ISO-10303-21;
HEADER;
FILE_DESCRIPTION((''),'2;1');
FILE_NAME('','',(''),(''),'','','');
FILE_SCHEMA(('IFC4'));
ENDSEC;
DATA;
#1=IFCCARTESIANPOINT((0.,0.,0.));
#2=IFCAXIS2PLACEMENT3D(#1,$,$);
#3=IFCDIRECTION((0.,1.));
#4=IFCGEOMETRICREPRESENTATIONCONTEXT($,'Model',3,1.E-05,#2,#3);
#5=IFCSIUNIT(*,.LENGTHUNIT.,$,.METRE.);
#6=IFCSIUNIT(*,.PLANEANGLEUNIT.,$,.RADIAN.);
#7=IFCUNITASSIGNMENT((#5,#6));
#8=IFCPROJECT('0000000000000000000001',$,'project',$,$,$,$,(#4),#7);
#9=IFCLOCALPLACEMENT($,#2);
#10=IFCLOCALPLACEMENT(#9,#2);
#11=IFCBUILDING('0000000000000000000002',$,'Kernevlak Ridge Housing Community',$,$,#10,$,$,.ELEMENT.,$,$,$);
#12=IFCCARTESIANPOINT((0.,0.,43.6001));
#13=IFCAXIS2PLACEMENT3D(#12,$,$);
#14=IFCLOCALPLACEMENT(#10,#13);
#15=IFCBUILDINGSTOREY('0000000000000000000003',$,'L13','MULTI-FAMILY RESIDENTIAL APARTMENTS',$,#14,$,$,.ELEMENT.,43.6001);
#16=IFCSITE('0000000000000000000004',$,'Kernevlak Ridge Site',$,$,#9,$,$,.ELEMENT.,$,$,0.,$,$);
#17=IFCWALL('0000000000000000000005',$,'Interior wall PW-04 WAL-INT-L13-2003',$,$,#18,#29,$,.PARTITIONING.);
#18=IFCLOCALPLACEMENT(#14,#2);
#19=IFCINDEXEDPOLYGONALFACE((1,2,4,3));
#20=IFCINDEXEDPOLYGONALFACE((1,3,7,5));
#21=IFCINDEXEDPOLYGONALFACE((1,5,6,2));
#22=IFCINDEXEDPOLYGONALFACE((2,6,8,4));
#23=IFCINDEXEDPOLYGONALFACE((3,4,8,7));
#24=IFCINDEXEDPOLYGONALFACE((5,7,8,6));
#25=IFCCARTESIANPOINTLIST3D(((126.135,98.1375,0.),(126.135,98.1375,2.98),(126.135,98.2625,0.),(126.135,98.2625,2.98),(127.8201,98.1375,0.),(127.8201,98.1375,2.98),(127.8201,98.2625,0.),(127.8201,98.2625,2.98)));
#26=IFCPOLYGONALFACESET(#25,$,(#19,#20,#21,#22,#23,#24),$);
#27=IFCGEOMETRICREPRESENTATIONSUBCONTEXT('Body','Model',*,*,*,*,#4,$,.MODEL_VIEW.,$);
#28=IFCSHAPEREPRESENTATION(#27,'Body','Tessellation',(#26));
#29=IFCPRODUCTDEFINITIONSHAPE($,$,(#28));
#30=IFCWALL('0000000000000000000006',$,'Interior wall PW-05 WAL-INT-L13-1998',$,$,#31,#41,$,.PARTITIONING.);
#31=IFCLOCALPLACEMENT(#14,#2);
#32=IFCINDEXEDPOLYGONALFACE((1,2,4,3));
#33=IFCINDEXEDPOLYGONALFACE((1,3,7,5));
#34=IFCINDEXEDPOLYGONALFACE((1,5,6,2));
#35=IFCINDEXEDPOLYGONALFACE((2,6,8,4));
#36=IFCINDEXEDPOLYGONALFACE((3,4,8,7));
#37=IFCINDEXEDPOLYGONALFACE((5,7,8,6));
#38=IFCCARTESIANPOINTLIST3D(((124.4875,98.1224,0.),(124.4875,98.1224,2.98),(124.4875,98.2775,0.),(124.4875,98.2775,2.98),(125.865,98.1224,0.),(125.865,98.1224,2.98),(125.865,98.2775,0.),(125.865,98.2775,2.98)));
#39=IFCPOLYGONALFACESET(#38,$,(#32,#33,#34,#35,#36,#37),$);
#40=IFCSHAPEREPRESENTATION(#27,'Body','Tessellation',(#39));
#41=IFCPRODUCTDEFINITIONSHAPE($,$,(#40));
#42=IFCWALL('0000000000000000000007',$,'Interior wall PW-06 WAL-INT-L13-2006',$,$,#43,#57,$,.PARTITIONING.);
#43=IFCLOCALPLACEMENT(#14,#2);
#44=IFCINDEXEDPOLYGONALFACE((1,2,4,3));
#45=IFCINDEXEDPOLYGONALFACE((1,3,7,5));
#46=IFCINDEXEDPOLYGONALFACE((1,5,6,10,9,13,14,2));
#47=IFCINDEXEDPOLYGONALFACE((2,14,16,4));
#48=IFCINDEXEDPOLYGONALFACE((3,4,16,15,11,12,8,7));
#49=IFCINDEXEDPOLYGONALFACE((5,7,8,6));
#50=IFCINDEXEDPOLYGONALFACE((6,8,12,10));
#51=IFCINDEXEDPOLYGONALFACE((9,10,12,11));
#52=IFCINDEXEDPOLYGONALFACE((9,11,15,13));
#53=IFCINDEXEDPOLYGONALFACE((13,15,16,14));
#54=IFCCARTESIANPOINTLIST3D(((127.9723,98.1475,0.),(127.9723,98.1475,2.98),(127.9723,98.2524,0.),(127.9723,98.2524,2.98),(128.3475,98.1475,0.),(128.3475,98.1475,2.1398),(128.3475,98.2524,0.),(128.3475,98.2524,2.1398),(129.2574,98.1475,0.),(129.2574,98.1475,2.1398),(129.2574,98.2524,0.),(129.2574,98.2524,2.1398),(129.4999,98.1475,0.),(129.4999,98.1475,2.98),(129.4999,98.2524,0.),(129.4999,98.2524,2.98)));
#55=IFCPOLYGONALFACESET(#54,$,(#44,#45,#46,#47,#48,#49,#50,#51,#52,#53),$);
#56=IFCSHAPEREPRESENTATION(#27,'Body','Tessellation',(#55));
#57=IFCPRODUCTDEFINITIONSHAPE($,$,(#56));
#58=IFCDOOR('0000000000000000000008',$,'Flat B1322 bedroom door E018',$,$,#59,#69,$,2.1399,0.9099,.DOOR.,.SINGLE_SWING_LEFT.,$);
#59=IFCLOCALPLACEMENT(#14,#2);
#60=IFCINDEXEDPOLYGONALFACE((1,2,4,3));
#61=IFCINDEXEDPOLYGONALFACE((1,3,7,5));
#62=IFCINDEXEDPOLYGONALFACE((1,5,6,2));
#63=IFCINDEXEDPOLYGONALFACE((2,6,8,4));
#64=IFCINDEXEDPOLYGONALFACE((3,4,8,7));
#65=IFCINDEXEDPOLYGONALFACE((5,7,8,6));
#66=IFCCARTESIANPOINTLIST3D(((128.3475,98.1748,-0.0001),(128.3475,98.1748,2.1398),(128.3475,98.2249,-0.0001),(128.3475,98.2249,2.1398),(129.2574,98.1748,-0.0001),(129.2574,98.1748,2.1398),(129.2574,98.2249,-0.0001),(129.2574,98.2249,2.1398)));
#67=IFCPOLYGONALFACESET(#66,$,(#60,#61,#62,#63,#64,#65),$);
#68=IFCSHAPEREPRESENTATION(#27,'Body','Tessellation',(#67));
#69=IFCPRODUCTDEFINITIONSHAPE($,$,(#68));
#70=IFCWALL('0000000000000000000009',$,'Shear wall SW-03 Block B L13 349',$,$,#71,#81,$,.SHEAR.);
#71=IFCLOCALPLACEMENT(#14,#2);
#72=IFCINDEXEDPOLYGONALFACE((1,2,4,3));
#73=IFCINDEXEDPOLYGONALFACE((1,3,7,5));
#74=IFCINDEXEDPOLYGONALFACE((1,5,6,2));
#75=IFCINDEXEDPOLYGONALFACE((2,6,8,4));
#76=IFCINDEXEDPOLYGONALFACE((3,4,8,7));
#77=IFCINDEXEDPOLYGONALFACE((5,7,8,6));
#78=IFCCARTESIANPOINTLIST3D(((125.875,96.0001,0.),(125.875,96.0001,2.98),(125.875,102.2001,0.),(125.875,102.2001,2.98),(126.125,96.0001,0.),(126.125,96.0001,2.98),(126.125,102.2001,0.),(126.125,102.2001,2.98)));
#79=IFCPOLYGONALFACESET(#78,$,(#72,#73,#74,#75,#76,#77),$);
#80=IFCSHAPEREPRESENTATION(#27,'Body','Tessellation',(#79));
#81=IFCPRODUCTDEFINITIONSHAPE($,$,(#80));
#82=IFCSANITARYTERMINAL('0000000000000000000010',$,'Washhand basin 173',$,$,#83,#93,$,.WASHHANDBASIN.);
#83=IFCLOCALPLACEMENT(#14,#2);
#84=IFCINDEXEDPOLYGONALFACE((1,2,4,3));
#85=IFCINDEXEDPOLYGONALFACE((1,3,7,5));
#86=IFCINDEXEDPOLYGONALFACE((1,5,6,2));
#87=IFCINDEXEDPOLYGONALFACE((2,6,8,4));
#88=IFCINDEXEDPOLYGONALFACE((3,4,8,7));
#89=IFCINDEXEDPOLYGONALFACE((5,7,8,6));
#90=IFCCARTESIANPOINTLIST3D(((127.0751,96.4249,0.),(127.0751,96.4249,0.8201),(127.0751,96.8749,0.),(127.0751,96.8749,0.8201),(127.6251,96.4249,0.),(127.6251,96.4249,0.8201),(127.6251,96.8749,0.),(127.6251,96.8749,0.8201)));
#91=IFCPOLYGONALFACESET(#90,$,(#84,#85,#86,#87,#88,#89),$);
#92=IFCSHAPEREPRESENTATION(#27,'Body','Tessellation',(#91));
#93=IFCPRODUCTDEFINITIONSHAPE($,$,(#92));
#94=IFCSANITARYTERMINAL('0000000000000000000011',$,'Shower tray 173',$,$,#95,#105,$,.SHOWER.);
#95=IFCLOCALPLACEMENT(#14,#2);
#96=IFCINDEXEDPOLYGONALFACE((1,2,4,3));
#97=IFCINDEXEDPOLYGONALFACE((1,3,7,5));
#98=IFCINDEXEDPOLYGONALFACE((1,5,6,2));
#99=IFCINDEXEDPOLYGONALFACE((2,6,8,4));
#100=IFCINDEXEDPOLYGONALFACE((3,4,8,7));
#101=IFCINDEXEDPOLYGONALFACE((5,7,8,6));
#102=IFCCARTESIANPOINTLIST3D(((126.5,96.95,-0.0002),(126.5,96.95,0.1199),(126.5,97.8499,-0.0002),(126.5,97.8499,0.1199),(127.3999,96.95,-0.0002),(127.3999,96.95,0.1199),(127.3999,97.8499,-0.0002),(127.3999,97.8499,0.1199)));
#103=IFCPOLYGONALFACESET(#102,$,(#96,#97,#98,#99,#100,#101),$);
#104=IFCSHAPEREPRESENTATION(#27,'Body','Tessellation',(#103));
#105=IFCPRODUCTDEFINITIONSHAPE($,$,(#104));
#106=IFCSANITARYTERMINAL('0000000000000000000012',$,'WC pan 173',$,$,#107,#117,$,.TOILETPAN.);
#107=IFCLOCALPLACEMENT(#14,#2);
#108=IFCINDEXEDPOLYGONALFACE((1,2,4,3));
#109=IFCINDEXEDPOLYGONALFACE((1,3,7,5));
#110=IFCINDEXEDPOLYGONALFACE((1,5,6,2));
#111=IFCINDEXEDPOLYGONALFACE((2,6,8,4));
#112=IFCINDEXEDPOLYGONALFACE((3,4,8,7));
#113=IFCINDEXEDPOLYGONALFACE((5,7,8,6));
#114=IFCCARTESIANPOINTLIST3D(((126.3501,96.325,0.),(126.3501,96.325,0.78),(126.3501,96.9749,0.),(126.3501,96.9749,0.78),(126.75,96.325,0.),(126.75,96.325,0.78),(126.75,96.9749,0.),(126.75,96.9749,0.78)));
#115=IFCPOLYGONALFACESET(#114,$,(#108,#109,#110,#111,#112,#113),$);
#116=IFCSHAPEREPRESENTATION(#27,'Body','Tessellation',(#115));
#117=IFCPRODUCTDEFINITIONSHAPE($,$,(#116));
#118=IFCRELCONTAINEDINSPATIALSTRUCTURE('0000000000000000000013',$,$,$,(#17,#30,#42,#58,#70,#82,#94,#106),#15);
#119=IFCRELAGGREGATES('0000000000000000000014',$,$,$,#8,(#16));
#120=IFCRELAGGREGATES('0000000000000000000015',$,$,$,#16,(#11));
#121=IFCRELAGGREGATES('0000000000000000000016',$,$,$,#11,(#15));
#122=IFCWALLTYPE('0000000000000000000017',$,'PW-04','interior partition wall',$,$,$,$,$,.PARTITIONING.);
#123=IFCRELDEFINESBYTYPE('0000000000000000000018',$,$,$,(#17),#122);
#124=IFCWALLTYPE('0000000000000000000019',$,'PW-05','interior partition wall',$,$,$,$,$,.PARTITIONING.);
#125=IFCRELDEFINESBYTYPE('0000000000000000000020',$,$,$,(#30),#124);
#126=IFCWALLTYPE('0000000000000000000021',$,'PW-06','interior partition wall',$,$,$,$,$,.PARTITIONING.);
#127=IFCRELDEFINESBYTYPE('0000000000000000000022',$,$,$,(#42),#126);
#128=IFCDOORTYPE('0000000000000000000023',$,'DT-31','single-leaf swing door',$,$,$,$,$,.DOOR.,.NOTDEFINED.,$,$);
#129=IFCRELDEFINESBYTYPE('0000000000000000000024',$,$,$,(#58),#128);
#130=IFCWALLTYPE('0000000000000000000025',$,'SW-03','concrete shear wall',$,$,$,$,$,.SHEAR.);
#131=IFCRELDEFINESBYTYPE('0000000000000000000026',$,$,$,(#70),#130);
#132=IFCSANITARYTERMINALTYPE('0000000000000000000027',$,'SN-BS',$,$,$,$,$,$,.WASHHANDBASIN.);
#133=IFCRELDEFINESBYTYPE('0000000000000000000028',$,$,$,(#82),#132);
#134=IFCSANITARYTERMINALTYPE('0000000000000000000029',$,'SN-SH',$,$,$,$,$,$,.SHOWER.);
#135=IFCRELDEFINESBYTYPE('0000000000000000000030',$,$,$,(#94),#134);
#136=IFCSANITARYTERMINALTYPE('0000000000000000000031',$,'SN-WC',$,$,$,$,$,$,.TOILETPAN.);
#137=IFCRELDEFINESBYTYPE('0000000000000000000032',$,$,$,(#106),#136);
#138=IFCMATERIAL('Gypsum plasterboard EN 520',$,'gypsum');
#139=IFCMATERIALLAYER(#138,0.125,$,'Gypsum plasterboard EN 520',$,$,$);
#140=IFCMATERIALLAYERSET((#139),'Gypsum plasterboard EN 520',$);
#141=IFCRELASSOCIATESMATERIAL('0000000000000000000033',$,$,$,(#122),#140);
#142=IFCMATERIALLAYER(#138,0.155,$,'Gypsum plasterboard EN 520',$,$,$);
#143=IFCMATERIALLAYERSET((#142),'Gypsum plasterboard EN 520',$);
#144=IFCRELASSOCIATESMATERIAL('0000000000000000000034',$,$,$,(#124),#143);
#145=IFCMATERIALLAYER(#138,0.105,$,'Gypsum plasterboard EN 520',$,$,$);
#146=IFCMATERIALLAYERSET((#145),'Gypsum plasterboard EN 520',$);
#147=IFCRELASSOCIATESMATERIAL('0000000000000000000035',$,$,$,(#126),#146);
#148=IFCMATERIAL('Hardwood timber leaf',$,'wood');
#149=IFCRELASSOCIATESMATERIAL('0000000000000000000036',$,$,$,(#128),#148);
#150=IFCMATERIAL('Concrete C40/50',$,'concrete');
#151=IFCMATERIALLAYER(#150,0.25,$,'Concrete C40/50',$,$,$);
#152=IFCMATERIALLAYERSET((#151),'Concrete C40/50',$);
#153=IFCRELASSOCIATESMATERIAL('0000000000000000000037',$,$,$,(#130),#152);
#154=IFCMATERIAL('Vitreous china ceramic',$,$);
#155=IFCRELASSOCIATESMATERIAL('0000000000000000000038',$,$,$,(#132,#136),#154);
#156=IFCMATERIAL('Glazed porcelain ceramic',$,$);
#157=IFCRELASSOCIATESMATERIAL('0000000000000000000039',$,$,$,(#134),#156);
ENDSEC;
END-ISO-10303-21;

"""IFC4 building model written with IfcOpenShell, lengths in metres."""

from ifc_helpers import new_model, si_unit, direction, frame, frame_2d, origin, origin_2d, place, context, subcontext, project, spatial, rectangle, extrude, material, layer, layer_set, type_object, element, fill, save


model = new_model("IFC4")

# Units and contexts
model_context = context("Model", 3, precision=1e-05, world=origin(), true_north=direction((0.0, 1.0)))
body_context = subcontext(model_context, "Body", "Model", "MODEL_VIEW")
ifc_project = project(units=[si_unit("LENGTHUNIT", "METRE"), si_unit("PLANEANGLEUNIT", "RADIAN")], contexts=[model_context])

# Site, building, storey
site_placement = place(None, origin())
site = spatial("IfcSite", under=ifc_project, at=site_placement, Name="Kernevlak Ridge Site", CompositionType="ELEMENT", RefElevation=0.0)
building_placement = place(site_placement, origin())
building = spatial("IfcBuilding", under=site, at=building_placement, Name="Kernevlak Ridge Housing Community", CompositionType="ELEMENT")
storey_placement = place(building_placement, frame((0.0, 0.0, 43.6001)))
storey = spatial("IfcBuildingStorey", under=building, at=storey_placement, Name="L13", Description="MULTI-FAMILY RESIDENTIAL APARTMENTS", CompositionType="ELEMENT", Elevation=43.6001)

# Shared definitions
ifc_material_1 = material(Name="Gypsum plasterboard EN 520", Category="gypsum")
ifc_layer_1 = layer(ifc_material_1, 0.125, Name="Gypsum plasterboard EN 520")
ifc_layer_set_1 = layer_set([ifc_layer_1], Name="Gypsum plasterboard EN 520")
wall_type_1 = type_object("IfcWallType", Name="PW-04", Description="interior partition wall", PredefinedType="PARTITIONING", material=ifc_layer_set_1)

# Walls
wall_1_placement = place(storey_placement, frame((126.135, 98.2, 0.0), z_axis=(0.0, 0.0, 1.0), x_axis=(1.0, 0.0, 0.0)))
element("IfcWall", 1, at=wall_1_placement, inside=storey, type_object=wall_type_1, Name="Interior wall PW-04 WAL-INT-L13-2003", PredefinedType="PARTITIONING", context=body_context, shape_type="SweptSolid", body=[
    extrude(rectangle(XDim=1.6851, YDim=0.125, at=frame_2d((0.8425, 0.0))), origin(), (0.0, 0.0, 1.0), 2.98),
])
ifc_layer_2 = layer(ifc_material_1, 0.155, Name="Gypsum plasterboard EN 520")
ifc_layer_set_2 = layer_set([ifc_layer_2], Name="Gypsum plasterboard EN 520")
wall_type_2 = type_object("IfcWallType", Name="PW-05", Description="interior partition wall", PredefinedType="PARTITIONING", material=ifc_layer_set_2)
wall_2_placement = place(storey_placement, frame((124.4875, 98.2, 0.0), z_axis=(0.0, 0.0, 1.0), x_axis=(1.0, 0.0, 0.0)))
element("IfcWall", 2, at=wall_2_placement, inside=storey, type_object=wall_type_2, Name="Interior wall PW-05 WAL-INT-L13-1998", PredefinedType="PARTITIONING", context=body_context, shape_type="SweptSolid", body=[
    extrude(rectangle(XDim=1.3774, YDim=0.155, at=frame_2d((0.6887, 0.0))), origin(), (0.0, 0.0, 1.0), 2.98),
])

# Wall, opening, door
ifc_layer_3 = layer(ifc_material_1, 0.105, Name="Gypsum plasterboard EN 520")
ifc_layer_set_3 = layer_set([ifc_layer_3], Name="Gypsum plasterboard EN 520")
wall_type_3 = type_object("IfcWallType", Name="PW-06", Description="interior partition wall", PredefinedType="PARTITIONING", material=ifc_layer_set_3)
wall_3_placement = place(storey_placement, frame((127.9724, 98.2, 0.0), z_axis=(0.0, 0.0, 1.0), x_axis=(1.0, 0.0, 0.0)))
wall_3 = element("IfcWall", 3, at=wall_3_placement, inside=storey, type_object=wall_type_3, Name="Interior wall PW-06 WAL-INT-L13-2006", PredefinedType="PARTITIONING", context=body_context, shape_type="SweptSolid", body=[
    extrude(rectangle(XDim=1.5276, YDim=0.105, at=frame_2d((0.7637, 0.0))), origin(), (0.0, 0.0, 1.0), 2.98),
])
opening_1_placement = place(wall_3_placement, frame((0.375, 0.0, 0.0)))
opening_1 = element("IfcOpeningElement", 4, at=opening_1_placement, cuts=wall_3, PredefinedType="OPENING", context=body_context, shape_type="SweptSolid", body=[
    extrude(rectangle(XDim=0.9099, YDim=2.1399, at=frame_2d((0.4551, 1.0698))), frame((0.0, 0.0625, 0.0), z_axis=(0.0, -1.0, 0.0), x_axis=(1.0, 0.0, 0.0)), (0.0, 0.0, 1.0), 0.125),
])
ifc_material_2 = material(Name="Hardwood timber leaf", Category="wood")
door_type_1 = type_object("IfcDoorType", Name="DT-31", Description="single-leaf swing door", OperationType="NOTDEFINED", PredefinedType="DOOR", material=ifc_material_2)
door_1_placement = place(opening_1_placement, origin())
door_1 = element("IfcDoor", 5, at=door_1_placement, inside=storey, type_object=door_type_1, Name="Flat B1322 bedroom door E018", OperationType="SINGLE_SWING_LEFT", OverallHeight=2.1399, OverallWidth=0.9099, PredefinedType="DOOR", context=body_context, shape_type="SweptSolid", body=[
    extrude(rectangle(XDim=0.9099, YDim=2.1399, at=frame_2d((0.4551, 1.0698))), frame((0.0, 0.0249, 0.0), z_axis=(0.0, -1.0, 0.0), x_axis=(1.0, 0.0, 0.0)), (0.0, 0.0, 1.0), 0.05),
])
fill(opening_1, door_1)

# Wall
ifc_material_3 = material(Name="Concrete C40/50", Category="concrete")
ifc_layer_4 = layer(ifc_material_3, 0.25, Name="Concrete C40/50")
ifc_layer_set_4 = layer_set([ifc_layer_4], Name="Concrete C40/50")
wall_type_4 = type_object("IfcWallType", Name="SW-03", Description="concrete shear wall", PredefinedType="SHEAR", material=ifc_layer_set_4)
wall_4_placement = place(storey_placement, frame((126.0, 96.0, 0.0), z_axis=(0.0, 0.0, 1.0), x_axis=(0.0, 1.0, 0.0)))
element("IfcWall", 6, at=wall_4_placement, inside=storey, type_object=wall_type_4, Name="Shear wall SW-03 Block B L13 349", PredefinedType="SHEAR", context=body_context, shape_type="SweptSolid", body=[
    extrude(rectangle(XDim=6.2, YDim=0.25, at=frame_2d((3.1001, 0.0))), origin(), (0.0, 0.0, 1.0), 2.98),
])

# Sanitary terminals
ifc_material_4 = material(Name="Vitreous china ceramic")
sanitary_terminal_type_1 = type_object("IfcSanitaryTerminalType", Name="SN-BS", PredefinedType="WASHHANDBASIN", material=ifc_material_4)
sanitary_terminal_1_placement = place(storey_placement, frame((127.3501, 96.6499, 0.0), z_axis=(0.0, 0.0, 1.0), x_axis=(1.0, 0.0, 0.0)))
element("IfcSanitaryTerminal", 7, at=sanitary_terminal_1_placement, inside=storey, type_object=sanitary_terminal_type_1, Name="Washhand basin 173", PredefinedType="WASHHANDBASIN", context=body_context, shape_type="SweptSolid", body=[
    extrude(rectangle(XDim=0.55, YDim=0.45, at=origin_2d()), origin(), (0.0, 0.0, 1.0), 0.8201),
])
ifc_material_5 = material(Name="Glazed porcelain ceramic")
sanitary_terminal_type_2 = type_object("IfcSanitaryTerminalType", Name="SN-SH", PredefinedType="SHOWER", material=ifc_material_5)
sanitary_terminal_2_placement = place(storey_placement, frame((126.95, 97.3999, -0.0002), z_axis=(0.0, 0.0, 1.0), x_axis=(1.0, 0.0, 0.0)))
element("IfcSanitaryTerminal", 8, at=sanitary_terminal_2_placement, inside=storey, type_object=sanitary_terminal_type_2, Name="Shower tray 173", PredefinedType="SHOWER", context=body_context, shape_type="SweptSolid", body=[
    extrude(rectangle(XDim=0.8999, YDim=0.8999, at=origin_2d()), origin(), (0.0, 0.0, 1.0), 0.1201),
])
sanitary_terminal_type_3 = type_object("IfcSanitaryTerminalType", Name="SN-WC", PredefinedType="TOILETPAN", material=ifc_material_4)
sanitary_terminal_3_placement = place(storey_placement, frame((126.55, 96.6499, 0.0), z_axis=(0.0, 0.0, 1.0), x_axis=(1.0, 0.0, 0.0)))
element("IfcSanitaryTerminal", 9, at=sanitary_terminal_3_placement, inside=storey, type_object=sanitary_terminal_type_3, Name="WC pan 173", PredefinedType="TOILETPAN", context=body_context, shape_type="SweptSolid", body=[
    extrude(rectangle(XDim=0.3999, YDim=0.6499, at=origin_2d()), origin(), (0.0, 0.0, 1.0), 0.78),
])

save(model, "model.ifc")
